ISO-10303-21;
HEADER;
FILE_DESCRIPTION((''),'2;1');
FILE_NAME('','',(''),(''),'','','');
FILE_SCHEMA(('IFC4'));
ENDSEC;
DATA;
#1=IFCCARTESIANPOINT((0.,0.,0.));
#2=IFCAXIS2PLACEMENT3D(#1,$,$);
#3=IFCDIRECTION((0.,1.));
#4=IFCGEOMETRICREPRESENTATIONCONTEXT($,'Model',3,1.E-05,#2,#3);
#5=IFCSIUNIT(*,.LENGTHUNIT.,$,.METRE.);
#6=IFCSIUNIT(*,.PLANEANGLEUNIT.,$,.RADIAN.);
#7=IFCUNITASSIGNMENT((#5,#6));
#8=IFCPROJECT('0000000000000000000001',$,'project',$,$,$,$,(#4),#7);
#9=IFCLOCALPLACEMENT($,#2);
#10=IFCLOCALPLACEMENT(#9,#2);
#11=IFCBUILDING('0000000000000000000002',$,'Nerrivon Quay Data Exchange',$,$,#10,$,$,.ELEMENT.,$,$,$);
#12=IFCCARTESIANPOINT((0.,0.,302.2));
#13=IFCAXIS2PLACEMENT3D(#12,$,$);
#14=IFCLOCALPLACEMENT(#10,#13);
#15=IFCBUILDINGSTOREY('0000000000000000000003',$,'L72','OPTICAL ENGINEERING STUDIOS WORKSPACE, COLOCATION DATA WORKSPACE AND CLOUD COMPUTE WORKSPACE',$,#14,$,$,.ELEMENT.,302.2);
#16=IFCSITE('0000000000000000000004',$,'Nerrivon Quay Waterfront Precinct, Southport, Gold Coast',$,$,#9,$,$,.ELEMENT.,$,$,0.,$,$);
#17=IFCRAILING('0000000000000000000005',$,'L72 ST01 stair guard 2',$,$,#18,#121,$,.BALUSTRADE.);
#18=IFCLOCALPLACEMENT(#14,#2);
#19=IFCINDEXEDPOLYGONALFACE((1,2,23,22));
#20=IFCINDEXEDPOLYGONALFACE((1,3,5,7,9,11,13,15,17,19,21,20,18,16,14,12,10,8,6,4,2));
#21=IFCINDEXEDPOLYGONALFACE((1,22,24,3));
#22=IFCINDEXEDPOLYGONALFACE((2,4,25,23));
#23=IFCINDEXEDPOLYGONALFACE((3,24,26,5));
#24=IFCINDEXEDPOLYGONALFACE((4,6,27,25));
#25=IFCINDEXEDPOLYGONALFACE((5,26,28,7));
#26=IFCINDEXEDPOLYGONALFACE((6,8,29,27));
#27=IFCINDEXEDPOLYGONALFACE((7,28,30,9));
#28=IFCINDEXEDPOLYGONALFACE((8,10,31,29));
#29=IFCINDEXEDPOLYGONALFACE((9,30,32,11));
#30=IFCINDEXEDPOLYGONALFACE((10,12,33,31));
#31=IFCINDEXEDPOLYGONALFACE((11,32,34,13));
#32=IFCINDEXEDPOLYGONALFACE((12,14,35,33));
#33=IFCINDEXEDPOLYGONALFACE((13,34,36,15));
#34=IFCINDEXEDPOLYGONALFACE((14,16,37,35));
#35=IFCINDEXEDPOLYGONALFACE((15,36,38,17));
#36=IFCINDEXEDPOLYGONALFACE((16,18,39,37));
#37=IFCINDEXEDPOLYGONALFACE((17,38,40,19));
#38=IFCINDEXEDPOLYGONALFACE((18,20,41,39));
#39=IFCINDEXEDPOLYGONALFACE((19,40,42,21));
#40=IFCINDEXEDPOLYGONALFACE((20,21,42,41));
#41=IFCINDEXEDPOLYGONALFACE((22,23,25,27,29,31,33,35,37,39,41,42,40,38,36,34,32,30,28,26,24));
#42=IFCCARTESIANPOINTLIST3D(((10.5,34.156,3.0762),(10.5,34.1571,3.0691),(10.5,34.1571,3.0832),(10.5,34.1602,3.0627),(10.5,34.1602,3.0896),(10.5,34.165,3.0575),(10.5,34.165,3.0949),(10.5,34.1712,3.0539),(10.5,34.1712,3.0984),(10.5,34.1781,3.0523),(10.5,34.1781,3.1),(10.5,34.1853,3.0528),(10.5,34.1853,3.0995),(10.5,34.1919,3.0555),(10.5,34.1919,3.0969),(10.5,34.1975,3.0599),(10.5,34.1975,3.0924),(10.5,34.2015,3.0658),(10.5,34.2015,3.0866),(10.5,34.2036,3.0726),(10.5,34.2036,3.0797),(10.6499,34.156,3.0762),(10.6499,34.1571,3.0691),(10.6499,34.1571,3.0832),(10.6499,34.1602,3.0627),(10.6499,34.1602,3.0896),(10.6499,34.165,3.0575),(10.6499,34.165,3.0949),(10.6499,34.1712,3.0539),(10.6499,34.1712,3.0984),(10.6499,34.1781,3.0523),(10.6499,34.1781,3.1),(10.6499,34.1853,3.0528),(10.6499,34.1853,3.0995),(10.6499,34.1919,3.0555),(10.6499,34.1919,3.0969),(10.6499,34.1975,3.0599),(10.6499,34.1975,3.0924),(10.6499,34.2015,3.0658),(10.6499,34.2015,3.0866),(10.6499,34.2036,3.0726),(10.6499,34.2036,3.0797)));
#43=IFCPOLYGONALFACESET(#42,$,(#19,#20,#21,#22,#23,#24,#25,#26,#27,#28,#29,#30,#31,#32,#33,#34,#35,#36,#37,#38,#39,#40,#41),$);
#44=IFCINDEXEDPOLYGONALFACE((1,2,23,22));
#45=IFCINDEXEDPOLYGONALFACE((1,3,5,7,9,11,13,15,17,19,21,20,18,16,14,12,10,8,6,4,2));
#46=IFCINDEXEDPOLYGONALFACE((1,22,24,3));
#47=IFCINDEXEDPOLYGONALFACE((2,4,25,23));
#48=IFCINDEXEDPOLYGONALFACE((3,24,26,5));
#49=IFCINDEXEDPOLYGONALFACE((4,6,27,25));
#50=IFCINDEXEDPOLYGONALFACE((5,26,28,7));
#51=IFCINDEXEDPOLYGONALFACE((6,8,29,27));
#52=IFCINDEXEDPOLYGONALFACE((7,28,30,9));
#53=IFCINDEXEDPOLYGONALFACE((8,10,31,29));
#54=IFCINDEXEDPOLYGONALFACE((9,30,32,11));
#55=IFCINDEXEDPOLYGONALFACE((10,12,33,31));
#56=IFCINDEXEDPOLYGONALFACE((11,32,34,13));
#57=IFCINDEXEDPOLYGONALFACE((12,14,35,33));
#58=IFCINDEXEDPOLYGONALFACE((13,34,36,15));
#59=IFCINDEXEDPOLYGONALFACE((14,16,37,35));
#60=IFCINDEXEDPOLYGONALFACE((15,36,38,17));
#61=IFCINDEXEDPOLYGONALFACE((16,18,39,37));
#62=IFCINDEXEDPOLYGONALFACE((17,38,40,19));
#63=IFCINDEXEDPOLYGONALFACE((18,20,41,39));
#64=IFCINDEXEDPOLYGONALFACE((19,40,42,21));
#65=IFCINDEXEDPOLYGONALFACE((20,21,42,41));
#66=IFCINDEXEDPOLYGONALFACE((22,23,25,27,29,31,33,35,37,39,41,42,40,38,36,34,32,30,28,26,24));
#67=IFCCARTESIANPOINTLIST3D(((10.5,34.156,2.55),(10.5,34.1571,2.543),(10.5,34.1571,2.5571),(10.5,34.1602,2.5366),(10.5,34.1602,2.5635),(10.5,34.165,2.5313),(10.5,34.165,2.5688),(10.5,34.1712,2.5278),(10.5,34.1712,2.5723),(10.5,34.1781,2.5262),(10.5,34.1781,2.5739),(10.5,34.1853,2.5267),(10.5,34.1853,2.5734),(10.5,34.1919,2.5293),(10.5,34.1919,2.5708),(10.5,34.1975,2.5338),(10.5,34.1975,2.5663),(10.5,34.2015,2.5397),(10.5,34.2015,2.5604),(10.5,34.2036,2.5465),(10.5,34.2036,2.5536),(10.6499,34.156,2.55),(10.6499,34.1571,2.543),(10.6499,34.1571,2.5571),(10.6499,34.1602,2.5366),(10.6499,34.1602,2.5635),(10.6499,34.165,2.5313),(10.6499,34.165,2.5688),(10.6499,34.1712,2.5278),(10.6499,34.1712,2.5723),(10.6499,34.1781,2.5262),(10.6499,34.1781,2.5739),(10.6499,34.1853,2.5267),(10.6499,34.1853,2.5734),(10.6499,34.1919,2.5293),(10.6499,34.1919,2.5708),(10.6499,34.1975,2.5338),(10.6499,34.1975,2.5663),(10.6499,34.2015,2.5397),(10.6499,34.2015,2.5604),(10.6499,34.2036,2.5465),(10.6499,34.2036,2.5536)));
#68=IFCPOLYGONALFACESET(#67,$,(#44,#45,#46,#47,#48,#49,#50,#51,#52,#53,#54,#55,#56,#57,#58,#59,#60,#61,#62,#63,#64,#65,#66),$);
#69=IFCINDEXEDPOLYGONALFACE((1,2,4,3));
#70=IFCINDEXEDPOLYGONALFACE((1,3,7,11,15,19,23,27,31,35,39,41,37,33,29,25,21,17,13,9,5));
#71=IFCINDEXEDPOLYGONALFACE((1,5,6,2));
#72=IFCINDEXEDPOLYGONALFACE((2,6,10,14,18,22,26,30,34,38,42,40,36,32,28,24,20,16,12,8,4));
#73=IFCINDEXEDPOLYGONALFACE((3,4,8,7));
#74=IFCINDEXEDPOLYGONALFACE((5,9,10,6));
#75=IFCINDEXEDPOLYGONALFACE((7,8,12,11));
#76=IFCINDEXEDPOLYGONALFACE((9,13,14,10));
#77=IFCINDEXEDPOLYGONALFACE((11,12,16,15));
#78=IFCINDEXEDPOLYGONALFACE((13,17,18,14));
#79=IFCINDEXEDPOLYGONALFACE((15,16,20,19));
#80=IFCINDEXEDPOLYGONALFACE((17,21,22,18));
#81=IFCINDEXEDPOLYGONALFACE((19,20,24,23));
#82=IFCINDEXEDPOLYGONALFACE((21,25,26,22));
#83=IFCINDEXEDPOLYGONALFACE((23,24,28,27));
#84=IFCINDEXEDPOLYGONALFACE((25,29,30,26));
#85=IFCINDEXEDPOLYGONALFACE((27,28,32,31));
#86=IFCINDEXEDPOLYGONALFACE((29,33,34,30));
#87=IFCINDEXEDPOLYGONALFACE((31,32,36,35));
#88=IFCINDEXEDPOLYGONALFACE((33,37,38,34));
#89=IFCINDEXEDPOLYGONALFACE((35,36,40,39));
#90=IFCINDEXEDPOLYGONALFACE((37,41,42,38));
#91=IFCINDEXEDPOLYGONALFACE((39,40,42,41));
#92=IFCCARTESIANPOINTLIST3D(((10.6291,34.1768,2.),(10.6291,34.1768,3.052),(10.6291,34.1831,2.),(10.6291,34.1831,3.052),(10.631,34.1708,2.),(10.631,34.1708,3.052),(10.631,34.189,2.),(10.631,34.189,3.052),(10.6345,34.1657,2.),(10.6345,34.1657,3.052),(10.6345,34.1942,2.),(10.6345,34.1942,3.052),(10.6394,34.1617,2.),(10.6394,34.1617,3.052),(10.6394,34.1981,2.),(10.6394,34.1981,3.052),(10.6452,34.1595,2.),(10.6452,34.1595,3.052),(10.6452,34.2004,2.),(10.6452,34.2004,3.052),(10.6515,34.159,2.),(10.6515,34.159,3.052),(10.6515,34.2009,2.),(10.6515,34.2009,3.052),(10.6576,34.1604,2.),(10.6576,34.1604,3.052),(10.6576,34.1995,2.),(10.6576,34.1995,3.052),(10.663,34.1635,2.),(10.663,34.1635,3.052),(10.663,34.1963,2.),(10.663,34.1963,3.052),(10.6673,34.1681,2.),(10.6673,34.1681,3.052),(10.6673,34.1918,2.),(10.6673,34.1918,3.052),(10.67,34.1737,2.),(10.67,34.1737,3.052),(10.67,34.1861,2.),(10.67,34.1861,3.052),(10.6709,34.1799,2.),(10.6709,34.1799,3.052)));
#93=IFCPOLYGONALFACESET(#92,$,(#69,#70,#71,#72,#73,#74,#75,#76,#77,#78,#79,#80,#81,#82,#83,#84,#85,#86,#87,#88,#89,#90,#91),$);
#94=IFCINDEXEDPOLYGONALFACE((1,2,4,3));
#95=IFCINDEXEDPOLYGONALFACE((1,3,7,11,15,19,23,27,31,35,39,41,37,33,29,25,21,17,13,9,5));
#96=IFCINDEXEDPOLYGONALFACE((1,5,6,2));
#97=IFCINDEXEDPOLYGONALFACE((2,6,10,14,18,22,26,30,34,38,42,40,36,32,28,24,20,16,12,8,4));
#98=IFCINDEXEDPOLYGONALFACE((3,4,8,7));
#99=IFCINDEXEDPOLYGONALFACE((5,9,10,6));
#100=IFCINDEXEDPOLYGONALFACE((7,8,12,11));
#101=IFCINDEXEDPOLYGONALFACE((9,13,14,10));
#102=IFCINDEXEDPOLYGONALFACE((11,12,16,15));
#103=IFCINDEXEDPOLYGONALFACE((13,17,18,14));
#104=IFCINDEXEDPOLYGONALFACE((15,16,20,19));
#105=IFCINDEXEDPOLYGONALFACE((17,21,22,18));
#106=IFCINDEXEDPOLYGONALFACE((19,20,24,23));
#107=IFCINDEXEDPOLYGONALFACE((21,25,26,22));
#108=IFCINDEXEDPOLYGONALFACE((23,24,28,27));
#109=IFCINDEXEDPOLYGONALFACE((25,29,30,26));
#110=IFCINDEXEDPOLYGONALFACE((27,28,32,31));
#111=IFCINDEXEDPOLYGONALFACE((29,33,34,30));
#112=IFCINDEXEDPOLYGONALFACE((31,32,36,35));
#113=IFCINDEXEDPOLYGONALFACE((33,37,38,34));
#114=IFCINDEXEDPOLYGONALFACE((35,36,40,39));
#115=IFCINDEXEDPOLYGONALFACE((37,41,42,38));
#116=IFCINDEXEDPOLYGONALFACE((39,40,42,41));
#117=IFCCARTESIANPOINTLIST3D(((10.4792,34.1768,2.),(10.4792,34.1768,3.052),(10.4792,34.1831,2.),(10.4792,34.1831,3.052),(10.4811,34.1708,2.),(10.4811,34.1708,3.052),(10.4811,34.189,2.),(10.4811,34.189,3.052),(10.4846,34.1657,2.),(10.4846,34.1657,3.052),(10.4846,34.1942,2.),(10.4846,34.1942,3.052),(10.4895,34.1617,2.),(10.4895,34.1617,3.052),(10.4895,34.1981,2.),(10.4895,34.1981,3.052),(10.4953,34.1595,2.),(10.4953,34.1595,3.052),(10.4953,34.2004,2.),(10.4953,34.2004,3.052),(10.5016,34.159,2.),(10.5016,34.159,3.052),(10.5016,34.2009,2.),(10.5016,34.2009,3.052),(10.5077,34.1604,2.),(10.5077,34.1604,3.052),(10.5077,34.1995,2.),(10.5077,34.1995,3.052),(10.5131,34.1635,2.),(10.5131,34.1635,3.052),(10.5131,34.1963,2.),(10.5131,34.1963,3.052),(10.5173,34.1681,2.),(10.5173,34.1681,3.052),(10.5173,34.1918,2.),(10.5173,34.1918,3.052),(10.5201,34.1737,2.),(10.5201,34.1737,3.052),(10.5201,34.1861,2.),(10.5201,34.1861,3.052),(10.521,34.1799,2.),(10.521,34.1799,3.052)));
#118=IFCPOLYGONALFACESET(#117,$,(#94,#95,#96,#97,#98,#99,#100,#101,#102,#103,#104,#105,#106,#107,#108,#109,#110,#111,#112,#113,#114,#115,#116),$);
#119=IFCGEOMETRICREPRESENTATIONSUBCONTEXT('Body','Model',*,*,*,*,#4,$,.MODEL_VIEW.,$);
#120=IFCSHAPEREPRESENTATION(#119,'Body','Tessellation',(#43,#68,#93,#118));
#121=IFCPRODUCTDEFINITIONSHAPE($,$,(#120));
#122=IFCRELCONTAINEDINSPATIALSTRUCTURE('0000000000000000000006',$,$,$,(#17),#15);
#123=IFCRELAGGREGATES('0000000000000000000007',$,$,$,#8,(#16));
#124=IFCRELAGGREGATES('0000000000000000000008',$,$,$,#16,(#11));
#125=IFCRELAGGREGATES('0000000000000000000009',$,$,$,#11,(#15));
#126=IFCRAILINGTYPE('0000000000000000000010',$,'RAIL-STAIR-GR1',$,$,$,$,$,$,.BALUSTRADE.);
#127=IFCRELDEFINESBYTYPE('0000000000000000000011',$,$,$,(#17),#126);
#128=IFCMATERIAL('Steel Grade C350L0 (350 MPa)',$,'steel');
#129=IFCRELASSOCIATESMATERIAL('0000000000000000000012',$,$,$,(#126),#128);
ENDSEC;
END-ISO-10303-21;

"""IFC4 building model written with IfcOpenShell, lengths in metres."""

from ifc_helpers import new_model, si_unit, direction, frame, origin, origin_2d, place, context, subcontext, project, spatial, circle, extrude, material, type_object, element, save


model = new_model("IFC4")

# Units and contexts
model_context = context("Model", 3, precision=1e-05, world=origin(), true_north=direction((0.0, 1.0)))
body_context = subcontext(model_context, "Body", "Model", "MODEL_VIEW")
ifc_project = project(units=[si_unit("LENGTHUNIT", "METRE"), si_unit("PLANEANGLEUNIT", "RADIAN")], contexts=[model_context])

# Site, building, storey
site_placement = place(None, origin())
site = spatial("IfcSite", under=ifc_project, at=site_placement, Name="Nerrivon Quay Waterfront Precinct, Southport, Gold Coast", CompositionType="ELEMENT", RefElevation=0.0)
building_placement = place(site_placement, origin())
building = spatial("IfcBuilding", under=site, at=building_placement, Name="Nerrivon Quay Data Exchange", CompositionType="ELEMENT")
storey_placement = place(building_placement, frame((0.0, 0.0, 302.2)))
storey = spatial("IfcBuildingStorey", under=building, at=storey_placement, Name="L72", Description="OPTICAL ENGINEERING STUDIOS WORKSPACE, COLOCATION DATA WORKSPACE AND CLOUD COMPUTE WORKSPACE", CompositionType="ELEMENT", Elevation=302.2)

# Shared definitions
ifc_material_1 = material(Name="Steel Grade C350L0 (350 MPa)", Category="steel")

# Railing
railing_type_1 = type_object("IfcRailingType", Name="RAIL-STAIR-GR1", PredefinedType="BALUSTRADE", material=ifc_material_1)
railing_1_placement = place(storey_placement, frame((10.6499, 34.1799, 2.0)))
element("IfcRailing", 1, at=railing_1_placement, inside=storey, type_object=railing_type_1, Name="L72 ST01 stair guard 2", PredefinedType="BALUSTRADE", context=body_context, shape_type="SweptSolid", body=[
    extrude(circle(Radius=0.0239, at=origin_2d()), frame((0.0, 0.0, 1.0762), z_axis=(-1.0, 0.0, 0.0), x_axis=(0.0, -1.0, 0.0)), (0.0, 0.0, 1.0), 0.1499),
    extrude(circle(Radius=0.0239, at=origin_2d()), frame((0.0, 0.0, 0.55), z_axis=(-1.0, 0.0, 0.0), x_axis=(0.0, -1.0, 0.0)), (0.0, 0.0, 1.0), 0.1499),
    extrude(circle(Radius=0.021, at=origin_2d()), origin(), (0.0, 0.0, 1.0), 1.052),
    extrude(circle(Radius=0.021, at=origin_2d()), frame((-0.1499, 0.0, 0.0)), (0.0, 0.0, 1.0), 1.052),
])

save(model, "model.ifc")
